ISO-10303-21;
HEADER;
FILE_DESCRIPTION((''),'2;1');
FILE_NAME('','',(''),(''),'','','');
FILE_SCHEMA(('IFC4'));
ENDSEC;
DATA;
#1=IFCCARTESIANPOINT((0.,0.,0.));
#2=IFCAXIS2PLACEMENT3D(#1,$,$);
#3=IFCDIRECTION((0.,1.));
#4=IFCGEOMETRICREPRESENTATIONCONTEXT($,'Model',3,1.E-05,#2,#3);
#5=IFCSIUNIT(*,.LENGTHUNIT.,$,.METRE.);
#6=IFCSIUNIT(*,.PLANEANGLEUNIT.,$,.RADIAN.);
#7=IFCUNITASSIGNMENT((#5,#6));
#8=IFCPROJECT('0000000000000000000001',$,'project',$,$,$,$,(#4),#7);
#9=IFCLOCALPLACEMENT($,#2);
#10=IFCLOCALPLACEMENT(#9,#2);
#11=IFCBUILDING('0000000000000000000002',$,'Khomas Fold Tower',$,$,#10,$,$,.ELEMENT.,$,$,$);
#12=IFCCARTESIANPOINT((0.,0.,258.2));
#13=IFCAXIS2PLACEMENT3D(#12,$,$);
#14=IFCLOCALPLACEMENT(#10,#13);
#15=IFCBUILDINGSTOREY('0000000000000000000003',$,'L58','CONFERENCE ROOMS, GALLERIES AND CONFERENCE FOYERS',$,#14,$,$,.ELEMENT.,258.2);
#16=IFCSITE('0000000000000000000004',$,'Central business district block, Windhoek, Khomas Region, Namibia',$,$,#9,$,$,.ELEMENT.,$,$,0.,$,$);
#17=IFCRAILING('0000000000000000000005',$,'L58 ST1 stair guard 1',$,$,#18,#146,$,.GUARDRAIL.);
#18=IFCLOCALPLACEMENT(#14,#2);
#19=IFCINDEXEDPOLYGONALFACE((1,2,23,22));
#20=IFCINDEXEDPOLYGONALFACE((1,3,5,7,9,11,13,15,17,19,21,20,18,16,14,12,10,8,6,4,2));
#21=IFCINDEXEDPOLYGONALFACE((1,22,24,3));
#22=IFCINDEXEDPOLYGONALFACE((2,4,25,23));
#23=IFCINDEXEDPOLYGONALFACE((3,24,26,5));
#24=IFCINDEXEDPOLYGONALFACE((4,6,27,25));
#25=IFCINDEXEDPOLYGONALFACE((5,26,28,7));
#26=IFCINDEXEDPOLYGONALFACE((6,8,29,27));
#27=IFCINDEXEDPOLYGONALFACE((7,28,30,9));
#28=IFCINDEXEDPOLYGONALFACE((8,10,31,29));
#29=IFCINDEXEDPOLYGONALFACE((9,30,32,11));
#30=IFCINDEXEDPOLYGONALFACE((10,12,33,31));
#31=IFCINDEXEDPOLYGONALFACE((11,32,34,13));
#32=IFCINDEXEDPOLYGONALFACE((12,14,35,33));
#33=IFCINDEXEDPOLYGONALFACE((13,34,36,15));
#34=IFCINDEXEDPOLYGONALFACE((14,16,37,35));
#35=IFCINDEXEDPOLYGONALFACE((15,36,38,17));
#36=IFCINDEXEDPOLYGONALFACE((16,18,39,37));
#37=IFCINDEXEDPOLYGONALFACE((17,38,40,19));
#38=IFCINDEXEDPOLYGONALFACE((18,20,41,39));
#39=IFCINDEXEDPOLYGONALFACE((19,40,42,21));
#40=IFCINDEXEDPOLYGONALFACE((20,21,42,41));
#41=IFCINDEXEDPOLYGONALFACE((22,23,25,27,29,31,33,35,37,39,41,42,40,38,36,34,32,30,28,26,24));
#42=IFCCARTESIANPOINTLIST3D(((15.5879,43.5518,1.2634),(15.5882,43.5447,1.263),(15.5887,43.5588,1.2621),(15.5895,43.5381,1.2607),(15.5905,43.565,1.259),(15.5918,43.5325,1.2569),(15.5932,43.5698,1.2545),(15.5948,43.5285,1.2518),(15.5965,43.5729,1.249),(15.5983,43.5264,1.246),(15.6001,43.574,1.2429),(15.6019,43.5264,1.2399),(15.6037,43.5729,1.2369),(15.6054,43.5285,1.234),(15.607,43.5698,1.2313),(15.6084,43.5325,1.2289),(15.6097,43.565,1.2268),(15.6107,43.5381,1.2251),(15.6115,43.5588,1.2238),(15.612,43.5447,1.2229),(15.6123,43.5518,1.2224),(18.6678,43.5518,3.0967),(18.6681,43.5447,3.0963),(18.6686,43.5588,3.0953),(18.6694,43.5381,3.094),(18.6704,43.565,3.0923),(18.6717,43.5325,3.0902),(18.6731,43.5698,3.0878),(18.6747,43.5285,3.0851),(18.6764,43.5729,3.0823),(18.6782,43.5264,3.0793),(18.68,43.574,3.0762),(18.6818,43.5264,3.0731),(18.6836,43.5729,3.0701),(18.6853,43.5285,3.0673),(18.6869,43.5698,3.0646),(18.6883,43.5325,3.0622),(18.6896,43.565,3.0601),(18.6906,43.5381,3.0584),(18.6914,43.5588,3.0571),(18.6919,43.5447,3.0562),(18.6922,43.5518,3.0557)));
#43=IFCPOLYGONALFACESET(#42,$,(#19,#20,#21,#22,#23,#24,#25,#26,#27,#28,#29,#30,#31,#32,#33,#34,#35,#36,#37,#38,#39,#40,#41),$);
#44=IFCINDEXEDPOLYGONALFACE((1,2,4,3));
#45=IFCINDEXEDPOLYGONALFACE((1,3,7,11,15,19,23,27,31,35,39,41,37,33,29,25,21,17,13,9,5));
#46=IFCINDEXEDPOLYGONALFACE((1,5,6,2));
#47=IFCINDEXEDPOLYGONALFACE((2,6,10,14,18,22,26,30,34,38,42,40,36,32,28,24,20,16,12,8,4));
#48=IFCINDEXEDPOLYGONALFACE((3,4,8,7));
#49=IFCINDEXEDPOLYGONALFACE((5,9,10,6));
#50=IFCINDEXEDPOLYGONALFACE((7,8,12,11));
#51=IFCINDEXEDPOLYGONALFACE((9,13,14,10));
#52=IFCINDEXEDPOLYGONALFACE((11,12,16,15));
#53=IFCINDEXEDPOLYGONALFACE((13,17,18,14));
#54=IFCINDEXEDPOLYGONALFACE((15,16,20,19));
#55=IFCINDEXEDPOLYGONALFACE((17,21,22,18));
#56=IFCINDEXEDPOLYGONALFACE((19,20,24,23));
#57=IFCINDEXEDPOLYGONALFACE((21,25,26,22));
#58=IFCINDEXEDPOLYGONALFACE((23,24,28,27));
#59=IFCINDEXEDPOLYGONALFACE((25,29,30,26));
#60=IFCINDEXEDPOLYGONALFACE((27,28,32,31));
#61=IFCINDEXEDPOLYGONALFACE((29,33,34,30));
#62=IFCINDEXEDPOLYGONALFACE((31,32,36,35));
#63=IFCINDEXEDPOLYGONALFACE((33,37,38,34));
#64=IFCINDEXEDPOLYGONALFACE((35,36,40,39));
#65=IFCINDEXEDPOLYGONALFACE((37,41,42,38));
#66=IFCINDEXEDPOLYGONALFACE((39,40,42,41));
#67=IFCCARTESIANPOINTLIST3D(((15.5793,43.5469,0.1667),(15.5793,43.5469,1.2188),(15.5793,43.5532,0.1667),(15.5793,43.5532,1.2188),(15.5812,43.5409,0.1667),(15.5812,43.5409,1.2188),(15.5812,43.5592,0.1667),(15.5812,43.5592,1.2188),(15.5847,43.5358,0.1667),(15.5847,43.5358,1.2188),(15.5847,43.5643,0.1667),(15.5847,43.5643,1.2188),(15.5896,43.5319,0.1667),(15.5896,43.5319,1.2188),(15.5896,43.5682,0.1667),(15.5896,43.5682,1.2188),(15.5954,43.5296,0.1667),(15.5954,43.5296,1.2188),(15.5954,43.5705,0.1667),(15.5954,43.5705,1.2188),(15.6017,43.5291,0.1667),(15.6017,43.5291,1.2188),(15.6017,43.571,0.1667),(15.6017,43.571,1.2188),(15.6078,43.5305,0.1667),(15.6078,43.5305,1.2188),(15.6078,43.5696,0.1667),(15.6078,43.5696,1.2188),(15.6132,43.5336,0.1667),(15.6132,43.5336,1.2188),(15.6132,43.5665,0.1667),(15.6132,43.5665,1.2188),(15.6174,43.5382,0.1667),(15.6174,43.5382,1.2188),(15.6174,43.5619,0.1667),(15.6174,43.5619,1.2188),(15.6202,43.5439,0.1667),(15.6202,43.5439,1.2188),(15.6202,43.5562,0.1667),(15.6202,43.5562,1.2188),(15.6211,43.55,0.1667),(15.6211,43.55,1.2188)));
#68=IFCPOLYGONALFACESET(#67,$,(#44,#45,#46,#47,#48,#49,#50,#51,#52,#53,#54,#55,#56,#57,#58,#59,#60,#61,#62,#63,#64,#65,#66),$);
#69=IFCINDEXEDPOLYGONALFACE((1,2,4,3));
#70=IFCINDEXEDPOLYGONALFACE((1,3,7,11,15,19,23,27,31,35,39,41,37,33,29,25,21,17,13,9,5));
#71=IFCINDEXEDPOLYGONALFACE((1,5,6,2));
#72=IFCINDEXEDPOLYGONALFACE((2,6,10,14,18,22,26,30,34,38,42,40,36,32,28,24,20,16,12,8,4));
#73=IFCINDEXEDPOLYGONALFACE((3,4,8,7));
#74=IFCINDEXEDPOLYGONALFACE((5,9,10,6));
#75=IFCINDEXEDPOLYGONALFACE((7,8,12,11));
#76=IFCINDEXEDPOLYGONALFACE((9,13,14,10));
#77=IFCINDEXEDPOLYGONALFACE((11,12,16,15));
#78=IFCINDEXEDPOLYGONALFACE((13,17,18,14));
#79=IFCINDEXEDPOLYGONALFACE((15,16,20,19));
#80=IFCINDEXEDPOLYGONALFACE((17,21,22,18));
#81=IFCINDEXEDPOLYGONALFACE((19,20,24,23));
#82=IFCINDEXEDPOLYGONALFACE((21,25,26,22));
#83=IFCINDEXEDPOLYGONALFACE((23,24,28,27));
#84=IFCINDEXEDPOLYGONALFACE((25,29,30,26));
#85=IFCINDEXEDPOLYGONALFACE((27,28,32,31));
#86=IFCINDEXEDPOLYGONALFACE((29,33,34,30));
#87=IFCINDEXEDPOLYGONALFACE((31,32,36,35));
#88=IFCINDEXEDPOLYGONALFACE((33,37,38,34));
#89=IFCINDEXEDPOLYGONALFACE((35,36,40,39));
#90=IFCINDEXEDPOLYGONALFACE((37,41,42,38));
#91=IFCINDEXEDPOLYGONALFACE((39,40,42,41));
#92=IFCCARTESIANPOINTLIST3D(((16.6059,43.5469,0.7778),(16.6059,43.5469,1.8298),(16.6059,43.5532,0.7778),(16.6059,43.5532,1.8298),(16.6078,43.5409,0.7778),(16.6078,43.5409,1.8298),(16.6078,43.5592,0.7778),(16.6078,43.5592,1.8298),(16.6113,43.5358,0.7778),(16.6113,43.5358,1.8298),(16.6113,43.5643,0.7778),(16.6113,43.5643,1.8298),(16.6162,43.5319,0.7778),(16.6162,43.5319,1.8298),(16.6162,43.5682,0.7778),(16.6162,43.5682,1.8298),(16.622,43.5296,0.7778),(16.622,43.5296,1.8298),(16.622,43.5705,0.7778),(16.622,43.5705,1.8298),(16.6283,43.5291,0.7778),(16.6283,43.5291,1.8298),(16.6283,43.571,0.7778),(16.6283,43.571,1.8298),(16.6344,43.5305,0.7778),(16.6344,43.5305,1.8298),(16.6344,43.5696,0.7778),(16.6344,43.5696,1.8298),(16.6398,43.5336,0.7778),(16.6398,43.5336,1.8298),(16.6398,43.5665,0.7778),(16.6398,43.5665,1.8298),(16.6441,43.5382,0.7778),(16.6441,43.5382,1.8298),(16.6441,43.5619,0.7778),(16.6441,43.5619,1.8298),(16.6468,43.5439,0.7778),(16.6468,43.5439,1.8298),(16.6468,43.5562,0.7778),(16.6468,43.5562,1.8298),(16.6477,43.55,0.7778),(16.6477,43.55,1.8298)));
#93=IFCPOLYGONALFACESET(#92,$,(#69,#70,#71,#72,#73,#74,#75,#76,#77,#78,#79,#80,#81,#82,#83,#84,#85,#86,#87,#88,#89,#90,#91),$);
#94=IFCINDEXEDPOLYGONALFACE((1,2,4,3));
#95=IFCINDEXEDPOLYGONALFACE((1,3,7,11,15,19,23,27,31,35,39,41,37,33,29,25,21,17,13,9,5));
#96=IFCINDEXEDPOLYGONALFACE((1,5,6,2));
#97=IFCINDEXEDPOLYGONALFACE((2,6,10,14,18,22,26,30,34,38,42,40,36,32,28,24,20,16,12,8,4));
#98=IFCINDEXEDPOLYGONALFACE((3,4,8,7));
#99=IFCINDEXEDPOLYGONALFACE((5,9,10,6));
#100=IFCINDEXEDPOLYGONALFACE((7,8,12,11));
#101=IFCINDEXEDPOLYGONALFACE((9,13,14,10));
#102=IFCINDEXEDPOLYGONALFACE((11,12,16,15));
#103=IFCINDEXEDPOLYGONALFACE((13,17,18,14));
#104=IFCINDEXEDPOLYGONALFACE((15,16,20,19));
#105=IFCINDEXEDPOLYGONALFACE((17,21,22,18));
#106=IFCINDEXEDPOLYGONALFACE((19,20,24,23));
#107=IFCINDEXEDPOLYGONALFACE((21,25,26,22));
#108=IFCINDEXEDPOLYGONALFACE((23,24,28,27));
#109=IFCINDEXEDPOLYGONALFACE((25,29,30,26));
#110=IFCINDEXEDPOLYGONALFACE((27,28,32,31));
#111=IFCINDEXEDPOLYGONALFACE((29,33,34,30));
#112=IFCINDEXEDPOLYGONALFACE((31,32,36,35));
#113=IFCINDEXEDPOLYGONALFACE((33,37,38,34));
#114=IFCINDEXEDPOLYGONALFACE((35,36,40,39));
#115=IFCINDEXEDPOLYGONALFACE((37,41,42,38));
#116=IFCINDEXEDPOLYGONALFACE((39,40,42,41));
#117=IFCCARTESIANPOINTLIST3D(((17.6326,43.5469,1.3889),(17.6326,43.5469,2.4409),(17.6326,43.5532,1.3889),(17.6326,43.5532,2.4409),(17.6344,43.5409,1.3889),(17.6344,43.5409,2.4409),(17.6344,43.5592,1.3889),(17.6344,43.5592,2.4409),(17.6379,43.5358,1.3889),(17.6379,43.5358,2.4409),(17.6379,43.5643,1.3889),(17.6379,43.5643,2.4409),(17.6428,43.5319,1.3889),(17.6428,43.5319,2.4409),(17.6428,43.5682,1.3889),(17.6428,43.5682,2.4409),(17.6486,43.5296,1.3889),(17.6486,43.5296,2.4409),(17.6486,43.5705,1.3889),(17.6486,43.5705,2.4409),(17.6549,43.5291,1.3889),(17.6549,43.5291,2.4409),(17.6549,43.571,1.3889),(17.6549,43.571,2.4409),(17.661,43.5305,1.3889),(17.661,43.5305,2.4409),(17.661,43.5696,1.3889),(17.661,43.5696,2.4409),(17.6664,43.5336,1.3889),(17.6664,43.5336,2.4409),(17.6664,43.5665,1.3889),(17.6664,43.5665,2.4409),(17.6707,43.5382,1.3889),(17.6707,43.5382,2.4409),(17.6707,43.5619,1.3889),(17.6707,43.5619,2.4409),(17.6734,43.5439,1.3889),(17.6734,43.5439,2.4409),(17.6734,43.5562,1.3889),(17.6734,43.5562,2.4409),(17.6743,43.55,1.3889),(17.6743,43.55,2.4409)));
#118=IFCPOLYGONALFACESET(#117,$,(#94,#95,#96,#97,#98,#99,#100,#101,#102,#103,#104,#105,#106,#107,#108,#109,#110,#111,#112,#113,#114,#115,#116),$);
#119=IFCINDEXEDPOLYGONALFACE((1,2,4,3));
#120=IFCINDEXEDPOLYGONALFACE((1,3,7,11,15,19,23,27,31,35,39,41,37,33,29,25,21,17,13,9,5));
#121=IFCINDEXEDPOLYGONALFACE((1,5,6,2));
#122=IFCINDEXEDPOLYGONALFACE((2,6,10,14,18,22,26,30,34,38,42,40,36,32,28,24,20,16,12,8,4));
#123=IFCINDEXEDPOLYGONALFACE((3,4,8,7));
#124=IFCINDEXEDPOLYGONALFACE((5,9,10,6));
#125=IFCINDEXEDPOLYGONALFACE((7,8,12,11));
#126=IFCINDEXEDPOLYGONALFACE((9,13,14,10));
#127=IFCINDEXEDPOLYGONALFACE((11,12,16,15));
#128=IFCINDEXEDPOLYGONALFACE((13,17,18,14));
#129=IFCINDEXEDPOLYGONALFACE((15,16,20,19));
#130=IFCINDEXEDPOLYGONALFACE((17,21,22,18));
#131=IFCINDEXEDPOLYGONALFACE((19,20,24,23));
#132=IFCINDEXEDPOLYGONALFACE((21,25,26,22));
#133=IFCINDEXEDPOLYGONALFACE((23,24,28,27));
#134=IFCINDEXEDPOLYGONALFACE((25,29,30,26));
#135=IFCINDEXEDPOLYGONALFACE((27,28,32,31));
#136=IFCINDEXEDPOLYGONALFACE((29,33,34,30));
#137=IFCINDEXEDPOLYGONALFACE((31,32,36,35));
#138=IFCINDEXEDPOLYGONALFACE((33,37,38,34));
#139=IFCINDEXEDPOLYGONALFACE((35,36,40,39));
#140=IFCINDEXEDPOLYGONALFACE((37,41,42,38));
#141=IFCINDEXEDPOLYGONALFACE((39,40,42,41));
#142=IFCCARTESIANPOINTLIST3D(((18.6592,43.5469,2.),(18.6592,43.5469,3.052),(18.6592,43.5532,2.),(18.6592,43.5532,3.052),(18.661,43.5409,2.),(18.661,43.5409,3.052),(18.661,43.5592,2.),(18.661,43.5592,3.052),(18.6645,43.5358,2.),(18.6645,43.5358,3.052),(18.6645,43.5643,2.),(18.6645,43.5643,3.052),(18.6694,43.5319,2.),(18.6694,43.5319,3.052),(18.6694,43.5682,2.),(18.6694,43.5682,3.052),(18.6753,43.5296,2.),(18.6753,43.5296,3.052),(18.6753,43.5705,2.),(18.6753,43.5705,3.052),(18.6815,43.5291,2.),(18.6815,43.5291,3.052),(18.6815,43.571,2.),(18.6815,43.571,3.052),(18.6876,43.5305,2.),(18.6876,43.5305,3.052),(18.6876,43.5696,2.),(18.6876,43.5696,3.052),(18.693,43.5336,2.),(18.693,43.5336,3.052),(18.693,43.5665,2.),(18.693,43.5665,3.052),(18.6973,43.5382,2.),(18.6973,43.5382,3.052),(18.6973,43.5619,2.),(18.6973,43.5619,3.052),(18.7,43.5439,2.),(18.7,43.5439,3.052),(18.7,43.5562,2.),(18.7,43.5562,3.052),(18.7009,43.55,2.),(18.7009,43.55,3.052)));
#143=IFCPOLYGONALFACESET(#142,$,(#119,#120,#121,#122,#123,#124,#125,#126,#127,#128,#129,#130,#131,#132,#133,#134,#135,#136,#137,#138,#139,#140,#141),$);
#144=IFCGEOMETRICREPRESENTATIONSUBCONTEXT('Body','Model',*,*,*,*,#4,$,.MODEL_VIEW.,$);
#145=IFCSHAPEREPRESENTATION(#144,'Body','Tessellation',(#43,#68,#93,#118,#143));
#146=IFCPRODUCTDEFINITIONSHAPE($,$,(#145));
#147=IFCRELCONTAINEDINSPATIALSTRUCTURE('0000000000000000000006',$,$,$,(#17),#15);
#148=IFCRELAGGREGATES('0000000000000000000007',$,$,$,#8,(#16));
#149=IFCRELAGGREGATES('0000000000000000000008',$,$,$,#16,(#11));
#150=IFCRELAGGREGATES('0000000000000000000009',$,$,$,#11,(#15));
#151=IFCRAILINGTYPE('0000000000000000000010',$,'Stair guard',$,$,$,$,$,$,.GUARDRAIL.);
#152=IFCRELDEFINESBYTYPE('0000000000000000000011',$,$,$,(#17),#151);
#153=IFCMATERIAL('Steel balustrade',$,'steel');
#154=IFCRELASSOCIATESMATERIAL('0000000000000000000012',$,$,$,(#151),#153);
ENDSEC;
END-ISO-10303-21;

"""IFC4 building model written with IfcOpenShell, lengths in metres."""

from ifc_helpers import new_model, si_unit, direction, frame, origin, origin_2d, place, context, subcontext, project, spatial, circle, extrude, source, transform, mapped, material, type_object, element, save


model = new_model("IFC4")

# Units and contexts
model_context = context("Model", 3, precision=1e-05, world=origin(), true_north=direction((0.0, 1.0)))
body_context = subcontext(model_context, "Body", "Model", "MODEL_VIEW")
ifc_project = project(units=[si_unit("LENGTHUNIT", "METRE"), si_unit("PLANEANGLEUNIT", "RADIAN")], contexts=[model_context])

# Site, building, storey
site_placement = place(None, origin())
site = spatial("IfcSite", under=ifc_project, at=site_placement, Name="Central business district block, Windhoek, Khomas Region, Namibia", CompositionType="ELEMENT", RefElevation=0.0)
building_placement = place(site_placement, origin())
building = spatial("IfcBuilding", under=site, at=building_placement, Name="Khomas Fold Tower", CompositionType="ELEMENT")
storey_placement = place(building_placement, frame((0.0, 0.0, 258.2)))
storey = spatial("IfcBuildingStorey", under=building, at=storey_placement, Name="L58", Description="CONFERENCE ROOMS, GALLERIES AND CONFERENCE FOYERS", CompositionType="ELEMENT", Elevation=258.2)

# Railing
ifc_material_1 = material(Name="Steel balustrade", Category="steel")
railing_type_1 = type_object("IfcRailingType", Name="Stair guard", PredefinedType="GUARDRAIL", material=ifc_material_1)
shared_shape_1 = source(origin(), body_context, "Body", "SweptSolid", [
    extrude(circle(Radius=0.0239, at=origin_2d()), frame((0.0, 0.0, 1.0762), z_axis=(0.859291, 0.0, 0.511487), x_axis=(0.0, 1.0, 0.0)), (0.0, 0.0, 1.0), 3.5842),
    extrude(circle(Radius=0.021, at=origin_2d()), origin(), (0.0, 0.0, 1.0), 1.052),
    extrude(circle(Radius=0.021, at=origin_2d()), frame((1.0266, 0.0, 0.6111)), (0.0, 0.0, 1.0), 1.052),
    extrude(circle(Radius=0.021, at=origin_2d()), frame((2.0532, 0.0, 1.2222)), (0.0, 0.0, 1.0), 1.052),
    extrude(circle(Radius=0.021, at=origin_2d()), frame((3.0798, 0.0, 1.8333)), (0.0, 0.0, 1.0), 1.052),
])
railing_1_placement = place(storey_placement, frame((15.6001, 43.55, 0.1667)))
element("IfcRailing", 1, at=railing_1_placement, inside=storey, type_object=railing_type_1, Name="L58 ST1 stair guard 1", PredefinedType="GUARDRAIL", context=body_context, shape_type="MappedRepresentation", body=[
    mapped(shared_shape_1, transform((0.0, 0.0, 0.0))),
])

save(model, "model.ifc")
